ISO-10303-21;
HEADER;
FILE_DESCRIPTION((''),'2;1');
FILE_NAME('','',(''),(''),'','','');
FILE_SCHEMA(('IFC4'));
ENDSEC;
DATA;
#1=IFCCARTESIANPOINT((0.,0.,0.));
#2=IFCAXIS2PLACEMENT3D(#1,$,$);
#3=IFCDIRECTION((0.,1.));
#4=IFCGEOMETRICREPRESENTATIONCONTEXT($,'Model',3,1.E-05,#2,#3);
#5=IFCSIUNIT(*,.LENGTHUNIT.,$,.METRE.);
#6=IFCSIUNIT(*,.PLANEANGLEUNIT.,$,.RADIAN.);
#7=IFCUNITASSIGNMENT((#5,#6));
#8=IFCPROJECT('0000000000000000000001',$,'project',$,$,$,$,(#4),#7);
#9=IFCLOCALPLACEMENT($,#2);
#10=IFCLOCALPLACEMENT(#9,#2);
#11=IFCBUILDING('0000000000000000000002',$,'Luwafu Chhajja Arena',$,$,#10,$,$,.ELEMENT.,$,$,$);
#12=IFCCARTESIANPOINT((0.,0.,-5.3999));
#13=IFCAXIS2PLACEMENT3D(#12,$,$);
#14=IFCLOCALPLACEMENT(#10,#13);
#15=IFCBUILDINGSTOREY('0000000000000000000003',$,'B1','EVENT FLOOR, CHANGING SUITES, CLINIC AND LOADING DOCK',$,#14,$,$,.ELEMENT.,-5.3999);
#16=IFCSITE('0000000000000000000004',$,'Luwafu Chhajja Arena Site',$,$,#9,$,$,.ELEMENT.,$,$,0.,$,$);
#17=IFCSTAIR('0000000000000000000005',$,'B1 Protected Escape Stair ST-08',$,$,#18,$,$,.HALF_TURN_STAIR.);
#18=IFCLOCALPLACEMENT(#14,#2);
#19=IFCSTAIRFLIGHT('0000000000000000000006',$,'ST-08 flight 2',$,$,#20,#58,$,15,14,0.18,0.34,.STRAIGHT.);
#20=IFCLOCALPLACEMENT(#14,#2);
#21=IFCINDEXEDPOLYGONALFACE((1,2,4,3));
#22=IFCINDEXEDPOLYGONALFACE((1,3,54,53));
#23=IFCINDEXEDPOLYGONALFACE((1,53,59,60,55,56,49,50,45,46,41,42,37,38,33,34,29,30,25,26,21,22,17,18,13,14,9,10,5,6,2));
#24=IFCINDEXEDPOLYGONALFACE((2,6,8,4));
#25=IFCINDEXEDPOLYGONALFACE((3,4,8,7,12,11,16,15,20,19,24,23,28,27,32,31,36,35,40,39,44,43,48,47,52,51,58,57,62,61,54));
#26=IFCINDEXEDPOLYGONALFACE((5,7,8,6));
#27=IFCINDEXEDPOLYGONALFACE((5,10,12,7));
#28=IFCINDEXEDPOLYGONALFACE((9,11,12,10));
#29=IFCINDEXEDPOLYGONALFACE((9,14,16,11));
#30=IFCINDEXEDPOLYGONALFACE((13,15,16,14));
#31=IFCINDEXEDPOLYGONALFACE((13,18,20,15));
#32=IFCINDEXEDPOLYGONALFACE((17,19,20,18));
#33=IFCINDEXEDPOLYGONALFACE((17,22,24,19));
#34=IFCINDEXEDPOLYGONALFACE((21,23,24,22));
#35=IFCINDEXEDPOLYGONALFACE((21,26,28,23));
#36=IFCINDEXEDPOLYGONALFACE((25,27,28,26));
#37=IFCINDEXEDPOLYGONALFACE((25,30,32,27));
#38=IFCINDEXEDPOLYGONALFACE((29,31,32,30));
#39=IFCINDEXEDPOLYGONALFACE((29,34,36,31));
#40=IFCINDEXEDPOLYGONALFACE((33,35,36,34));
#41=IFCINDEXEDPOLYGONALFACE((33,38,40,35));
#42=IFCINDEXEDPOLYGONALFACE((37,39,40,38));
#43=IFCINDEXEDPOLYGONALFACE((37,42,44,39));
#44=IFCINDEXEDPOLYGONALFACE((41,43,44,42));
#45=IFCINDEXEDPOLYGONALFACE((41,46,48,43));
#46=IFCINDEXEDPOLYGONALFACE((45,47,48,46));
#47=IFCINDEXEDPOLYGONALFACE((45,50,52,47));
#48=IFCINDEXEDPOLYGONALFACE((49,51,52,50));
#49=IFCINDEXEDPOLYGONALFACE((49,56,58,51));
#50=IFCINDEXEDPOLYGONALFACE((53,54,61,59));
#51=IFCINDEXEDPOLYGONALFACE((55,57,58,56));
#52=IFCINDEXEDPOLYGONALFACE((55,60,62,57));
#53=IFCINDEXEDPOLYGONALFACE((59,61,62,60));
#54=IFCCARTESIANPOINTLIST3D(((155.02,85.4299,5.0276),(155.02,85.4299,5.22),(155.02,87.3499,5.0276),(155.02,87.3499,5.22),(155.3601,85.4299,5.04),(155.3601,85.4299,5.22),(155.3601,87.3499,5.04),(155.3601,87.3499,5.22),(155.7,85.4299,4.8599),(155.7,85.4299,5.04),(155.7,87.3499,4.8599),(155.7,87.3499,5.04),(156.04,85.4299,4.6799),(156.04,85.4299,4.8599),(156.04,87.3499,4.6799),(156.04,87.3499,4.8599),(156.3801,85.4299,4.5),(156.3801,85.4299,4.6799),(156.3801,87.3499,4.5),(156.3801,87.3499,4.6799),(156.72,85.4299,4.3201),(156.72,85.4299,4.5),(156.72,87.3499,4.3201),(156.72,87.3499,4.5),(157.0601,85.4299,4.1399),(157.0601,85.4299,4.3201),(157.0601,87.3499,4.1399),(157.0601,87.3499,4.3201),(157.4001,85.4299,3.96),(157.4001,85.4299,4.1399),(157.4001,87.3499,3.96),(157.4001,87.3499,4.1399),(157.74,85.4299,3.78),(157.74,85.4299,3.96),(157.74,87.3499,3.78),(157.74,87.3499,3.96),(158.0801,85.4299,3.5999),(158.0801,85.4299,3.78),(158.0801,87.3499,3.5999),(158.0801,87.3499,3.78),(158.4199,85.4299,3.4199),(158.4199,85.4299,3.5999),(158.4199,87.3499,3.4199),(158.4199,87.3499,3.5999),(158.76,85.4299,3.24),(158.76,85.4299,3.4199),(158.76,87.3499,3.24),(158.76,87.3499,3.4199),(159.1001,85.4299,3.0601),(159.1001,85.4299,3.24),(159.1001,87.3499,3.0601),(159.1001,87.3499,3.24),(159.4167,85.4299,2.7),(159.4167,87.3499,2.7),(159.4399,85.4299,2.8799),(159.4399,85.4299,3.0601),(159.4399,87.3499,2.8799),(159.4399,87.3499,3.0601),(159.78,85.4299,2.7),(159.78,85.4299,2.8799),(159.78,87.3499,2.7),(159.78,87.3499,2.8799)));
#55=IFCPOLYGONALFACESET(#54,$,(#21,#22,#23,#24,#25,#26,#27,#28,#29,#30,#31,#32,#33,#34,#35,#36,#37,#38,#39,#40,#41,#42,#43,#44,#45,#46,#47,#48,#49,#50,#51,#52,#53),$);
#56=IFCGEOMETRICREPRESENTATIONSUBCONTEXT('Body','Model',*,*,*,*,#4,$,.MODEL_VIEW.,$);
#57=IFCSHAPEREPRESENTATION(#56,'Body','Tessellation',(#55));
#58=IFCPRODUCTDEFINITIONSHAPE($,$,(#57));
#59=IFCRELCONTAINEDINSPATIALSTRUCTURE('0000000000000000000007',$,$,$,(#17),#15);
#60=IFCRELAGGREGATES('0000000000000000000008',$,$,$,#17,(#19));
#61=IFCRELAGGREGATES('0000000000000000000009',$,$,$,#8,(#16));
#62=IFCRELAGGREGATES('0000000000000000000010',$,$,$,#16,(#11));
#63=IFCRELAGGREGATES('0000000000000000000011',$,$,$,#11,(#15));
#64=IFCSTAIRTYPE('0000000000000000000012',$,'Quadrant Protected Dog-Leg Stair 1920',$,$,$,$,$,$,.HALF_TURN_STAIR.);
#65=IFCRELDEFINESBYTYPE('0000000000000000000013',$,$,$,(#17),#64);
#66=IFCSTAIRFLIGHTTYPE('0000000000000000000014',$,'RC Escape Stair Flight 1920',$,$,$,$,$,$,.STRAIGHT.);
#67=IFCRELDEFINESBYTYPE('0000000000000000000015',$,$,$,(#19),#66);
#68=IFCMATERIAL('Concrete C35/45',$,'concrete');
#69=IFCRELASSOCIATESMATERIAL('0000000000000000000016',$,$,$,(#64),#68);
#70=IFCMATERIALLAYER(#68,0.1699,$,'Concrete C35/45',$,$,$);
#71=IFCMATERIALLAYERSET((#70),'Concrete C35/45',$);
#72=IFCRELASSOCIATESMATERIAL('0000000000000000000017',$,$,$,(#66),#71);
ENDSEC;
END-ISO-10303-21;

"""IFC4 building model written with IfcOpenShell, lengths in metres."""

from ifc_helpers import new_model, si_unit, direction, frame, origin, place, context, subcontext, project, spatial, polyline, outline, extrude, material, layer, layer_set, type_object, element, aggregate, save


model = new_model("IFC4")

# Units and contexts
model_context = context("Model", 3, precision=1e-05, world=origin(), true_north=direction((0.0, 1.0)))
body_context = subcontext(model_context, "Body", "Model", "MODEL_VIEW")
ifc_project = project(units=[si_unit("LENGTHUNIT", "METRE"), si_unit("PLANEANGLEUNIT", "RADIAN")], contexts=[model_context])

# Site, building, storey
site_placement = place(None, origin())
site = spatial("IfcSite", under=ifc_project, at=site_placement, Name="Luwafu Chhajja Arena Site", CompositionType="ELEMENT", RefElevation=0.0)
building_placement = place(site_placement, origin())
building = spatial("IfcBuilding", under=site, at=building_placement, Name="Luwafu Chhajja Arena", CompositionType="ELEMENT")
storey_placement = place(building_placement, frame((0.0, 0.0, -5.3999)))
storey = spatial("IfcBuildingStorey", under=building, at=storey_placement, Name="B1", Description="EVENT FLOOR, CHANGING SUITES, CLINIC AND LOADING DOCK", CompositionType="ELEMENT", Elevation=-5.3999)

# Shared definitions
ifc_material_1 = material(Name="Concrete C35/45", Category="concrete")

# Stair, stair flight
stair_type = type_object("IfcStairType", Name="Quadrant Protected Dog-Leg Stair 1920", PredefinedType="HALF_TURN_STAIR", material=ifc_material_1)
stair_placement = place(storey_placement, origin())
stair = element("IfcStair", 1, at=stair_placement, inside=storey, type_object=stair_type, Name="B1 Protected Escape Stair ST-08", PredefinedType="HALF_TURN_STAIR")
ifc_layer_1 = layer(ifc_material_1, 0.1699, Name="Concrete C35/45")
ifc_layer_set_1 = layer_set([ifc_layer_1], Name="Concrete C35/45")
stair_flight_type = type_object("IfcStairFlightType", Name="RC Escape Stair Flight 1920", PredefinedType="STRAIGHT", material=ifc_layer_set_1)
stair_flight_1_placement = place(storey_placement, frame((159.78, 86.3899, 2.7), z_axis=(0.0, 0.0, 1.0), x_axis=(-1.0, 0.0, 0.0)))
stair_flight_1 = element("IfcStairFlight", 2, at=stair_flight_1_placement, type_object=stair_flight_type, Name="ST-08 flight 2", NumberOfRisers=15, NumberOfTreads=14, PredefinedType="STRAIGHT", RiserHeight=0.18, TreadLength=0.34, context=body_context, shape_type="SweptSolid", body=[
    extrude(outline(polyline([(0.0, 0.0), (0.0, 0.1799), (0.3401, 0.1799), (0.3401, 0.3601), (0.6799, 0.3601), (0.6799, 0.54), (1.02, 0.54), (1.02, 0.72), (1.3601, 0.72), (1.3601, 0.8999), (1.7, 0.8999), (1.7, 1.0801), (2.04, 1.0801), (2.04, 1.26), (2.3799, 1.26), (2.3799, 1.4399), (2.72, 1.4399), (2.72, 1.6201), (3.0601, 1.6201), (3.0601, 1.8), (3.3999, 1.8), (3.3999, 1.98), (3.74, 1.98), (3.74, 2.1599), (4.0801, 2.1599), (4.0801, 2.3401), (4.4199, 2.3401), (4.4199, 2.52), (4.76, 2.52), (4.76, 2.7), (4.76, 2.3276), (0.3633, 0.0), (0.0, 0.0)])), frame((0.0, 0.96, 0.0), z_axis=(0.0, -1.0, 0.0), x_axis=(1.0, 0.0, 0.0)), (0.0, 0.0, 1.0), 1.9199),
])
aggregate(stair, [stair_flight_1])

save(model, "model.ifc")
